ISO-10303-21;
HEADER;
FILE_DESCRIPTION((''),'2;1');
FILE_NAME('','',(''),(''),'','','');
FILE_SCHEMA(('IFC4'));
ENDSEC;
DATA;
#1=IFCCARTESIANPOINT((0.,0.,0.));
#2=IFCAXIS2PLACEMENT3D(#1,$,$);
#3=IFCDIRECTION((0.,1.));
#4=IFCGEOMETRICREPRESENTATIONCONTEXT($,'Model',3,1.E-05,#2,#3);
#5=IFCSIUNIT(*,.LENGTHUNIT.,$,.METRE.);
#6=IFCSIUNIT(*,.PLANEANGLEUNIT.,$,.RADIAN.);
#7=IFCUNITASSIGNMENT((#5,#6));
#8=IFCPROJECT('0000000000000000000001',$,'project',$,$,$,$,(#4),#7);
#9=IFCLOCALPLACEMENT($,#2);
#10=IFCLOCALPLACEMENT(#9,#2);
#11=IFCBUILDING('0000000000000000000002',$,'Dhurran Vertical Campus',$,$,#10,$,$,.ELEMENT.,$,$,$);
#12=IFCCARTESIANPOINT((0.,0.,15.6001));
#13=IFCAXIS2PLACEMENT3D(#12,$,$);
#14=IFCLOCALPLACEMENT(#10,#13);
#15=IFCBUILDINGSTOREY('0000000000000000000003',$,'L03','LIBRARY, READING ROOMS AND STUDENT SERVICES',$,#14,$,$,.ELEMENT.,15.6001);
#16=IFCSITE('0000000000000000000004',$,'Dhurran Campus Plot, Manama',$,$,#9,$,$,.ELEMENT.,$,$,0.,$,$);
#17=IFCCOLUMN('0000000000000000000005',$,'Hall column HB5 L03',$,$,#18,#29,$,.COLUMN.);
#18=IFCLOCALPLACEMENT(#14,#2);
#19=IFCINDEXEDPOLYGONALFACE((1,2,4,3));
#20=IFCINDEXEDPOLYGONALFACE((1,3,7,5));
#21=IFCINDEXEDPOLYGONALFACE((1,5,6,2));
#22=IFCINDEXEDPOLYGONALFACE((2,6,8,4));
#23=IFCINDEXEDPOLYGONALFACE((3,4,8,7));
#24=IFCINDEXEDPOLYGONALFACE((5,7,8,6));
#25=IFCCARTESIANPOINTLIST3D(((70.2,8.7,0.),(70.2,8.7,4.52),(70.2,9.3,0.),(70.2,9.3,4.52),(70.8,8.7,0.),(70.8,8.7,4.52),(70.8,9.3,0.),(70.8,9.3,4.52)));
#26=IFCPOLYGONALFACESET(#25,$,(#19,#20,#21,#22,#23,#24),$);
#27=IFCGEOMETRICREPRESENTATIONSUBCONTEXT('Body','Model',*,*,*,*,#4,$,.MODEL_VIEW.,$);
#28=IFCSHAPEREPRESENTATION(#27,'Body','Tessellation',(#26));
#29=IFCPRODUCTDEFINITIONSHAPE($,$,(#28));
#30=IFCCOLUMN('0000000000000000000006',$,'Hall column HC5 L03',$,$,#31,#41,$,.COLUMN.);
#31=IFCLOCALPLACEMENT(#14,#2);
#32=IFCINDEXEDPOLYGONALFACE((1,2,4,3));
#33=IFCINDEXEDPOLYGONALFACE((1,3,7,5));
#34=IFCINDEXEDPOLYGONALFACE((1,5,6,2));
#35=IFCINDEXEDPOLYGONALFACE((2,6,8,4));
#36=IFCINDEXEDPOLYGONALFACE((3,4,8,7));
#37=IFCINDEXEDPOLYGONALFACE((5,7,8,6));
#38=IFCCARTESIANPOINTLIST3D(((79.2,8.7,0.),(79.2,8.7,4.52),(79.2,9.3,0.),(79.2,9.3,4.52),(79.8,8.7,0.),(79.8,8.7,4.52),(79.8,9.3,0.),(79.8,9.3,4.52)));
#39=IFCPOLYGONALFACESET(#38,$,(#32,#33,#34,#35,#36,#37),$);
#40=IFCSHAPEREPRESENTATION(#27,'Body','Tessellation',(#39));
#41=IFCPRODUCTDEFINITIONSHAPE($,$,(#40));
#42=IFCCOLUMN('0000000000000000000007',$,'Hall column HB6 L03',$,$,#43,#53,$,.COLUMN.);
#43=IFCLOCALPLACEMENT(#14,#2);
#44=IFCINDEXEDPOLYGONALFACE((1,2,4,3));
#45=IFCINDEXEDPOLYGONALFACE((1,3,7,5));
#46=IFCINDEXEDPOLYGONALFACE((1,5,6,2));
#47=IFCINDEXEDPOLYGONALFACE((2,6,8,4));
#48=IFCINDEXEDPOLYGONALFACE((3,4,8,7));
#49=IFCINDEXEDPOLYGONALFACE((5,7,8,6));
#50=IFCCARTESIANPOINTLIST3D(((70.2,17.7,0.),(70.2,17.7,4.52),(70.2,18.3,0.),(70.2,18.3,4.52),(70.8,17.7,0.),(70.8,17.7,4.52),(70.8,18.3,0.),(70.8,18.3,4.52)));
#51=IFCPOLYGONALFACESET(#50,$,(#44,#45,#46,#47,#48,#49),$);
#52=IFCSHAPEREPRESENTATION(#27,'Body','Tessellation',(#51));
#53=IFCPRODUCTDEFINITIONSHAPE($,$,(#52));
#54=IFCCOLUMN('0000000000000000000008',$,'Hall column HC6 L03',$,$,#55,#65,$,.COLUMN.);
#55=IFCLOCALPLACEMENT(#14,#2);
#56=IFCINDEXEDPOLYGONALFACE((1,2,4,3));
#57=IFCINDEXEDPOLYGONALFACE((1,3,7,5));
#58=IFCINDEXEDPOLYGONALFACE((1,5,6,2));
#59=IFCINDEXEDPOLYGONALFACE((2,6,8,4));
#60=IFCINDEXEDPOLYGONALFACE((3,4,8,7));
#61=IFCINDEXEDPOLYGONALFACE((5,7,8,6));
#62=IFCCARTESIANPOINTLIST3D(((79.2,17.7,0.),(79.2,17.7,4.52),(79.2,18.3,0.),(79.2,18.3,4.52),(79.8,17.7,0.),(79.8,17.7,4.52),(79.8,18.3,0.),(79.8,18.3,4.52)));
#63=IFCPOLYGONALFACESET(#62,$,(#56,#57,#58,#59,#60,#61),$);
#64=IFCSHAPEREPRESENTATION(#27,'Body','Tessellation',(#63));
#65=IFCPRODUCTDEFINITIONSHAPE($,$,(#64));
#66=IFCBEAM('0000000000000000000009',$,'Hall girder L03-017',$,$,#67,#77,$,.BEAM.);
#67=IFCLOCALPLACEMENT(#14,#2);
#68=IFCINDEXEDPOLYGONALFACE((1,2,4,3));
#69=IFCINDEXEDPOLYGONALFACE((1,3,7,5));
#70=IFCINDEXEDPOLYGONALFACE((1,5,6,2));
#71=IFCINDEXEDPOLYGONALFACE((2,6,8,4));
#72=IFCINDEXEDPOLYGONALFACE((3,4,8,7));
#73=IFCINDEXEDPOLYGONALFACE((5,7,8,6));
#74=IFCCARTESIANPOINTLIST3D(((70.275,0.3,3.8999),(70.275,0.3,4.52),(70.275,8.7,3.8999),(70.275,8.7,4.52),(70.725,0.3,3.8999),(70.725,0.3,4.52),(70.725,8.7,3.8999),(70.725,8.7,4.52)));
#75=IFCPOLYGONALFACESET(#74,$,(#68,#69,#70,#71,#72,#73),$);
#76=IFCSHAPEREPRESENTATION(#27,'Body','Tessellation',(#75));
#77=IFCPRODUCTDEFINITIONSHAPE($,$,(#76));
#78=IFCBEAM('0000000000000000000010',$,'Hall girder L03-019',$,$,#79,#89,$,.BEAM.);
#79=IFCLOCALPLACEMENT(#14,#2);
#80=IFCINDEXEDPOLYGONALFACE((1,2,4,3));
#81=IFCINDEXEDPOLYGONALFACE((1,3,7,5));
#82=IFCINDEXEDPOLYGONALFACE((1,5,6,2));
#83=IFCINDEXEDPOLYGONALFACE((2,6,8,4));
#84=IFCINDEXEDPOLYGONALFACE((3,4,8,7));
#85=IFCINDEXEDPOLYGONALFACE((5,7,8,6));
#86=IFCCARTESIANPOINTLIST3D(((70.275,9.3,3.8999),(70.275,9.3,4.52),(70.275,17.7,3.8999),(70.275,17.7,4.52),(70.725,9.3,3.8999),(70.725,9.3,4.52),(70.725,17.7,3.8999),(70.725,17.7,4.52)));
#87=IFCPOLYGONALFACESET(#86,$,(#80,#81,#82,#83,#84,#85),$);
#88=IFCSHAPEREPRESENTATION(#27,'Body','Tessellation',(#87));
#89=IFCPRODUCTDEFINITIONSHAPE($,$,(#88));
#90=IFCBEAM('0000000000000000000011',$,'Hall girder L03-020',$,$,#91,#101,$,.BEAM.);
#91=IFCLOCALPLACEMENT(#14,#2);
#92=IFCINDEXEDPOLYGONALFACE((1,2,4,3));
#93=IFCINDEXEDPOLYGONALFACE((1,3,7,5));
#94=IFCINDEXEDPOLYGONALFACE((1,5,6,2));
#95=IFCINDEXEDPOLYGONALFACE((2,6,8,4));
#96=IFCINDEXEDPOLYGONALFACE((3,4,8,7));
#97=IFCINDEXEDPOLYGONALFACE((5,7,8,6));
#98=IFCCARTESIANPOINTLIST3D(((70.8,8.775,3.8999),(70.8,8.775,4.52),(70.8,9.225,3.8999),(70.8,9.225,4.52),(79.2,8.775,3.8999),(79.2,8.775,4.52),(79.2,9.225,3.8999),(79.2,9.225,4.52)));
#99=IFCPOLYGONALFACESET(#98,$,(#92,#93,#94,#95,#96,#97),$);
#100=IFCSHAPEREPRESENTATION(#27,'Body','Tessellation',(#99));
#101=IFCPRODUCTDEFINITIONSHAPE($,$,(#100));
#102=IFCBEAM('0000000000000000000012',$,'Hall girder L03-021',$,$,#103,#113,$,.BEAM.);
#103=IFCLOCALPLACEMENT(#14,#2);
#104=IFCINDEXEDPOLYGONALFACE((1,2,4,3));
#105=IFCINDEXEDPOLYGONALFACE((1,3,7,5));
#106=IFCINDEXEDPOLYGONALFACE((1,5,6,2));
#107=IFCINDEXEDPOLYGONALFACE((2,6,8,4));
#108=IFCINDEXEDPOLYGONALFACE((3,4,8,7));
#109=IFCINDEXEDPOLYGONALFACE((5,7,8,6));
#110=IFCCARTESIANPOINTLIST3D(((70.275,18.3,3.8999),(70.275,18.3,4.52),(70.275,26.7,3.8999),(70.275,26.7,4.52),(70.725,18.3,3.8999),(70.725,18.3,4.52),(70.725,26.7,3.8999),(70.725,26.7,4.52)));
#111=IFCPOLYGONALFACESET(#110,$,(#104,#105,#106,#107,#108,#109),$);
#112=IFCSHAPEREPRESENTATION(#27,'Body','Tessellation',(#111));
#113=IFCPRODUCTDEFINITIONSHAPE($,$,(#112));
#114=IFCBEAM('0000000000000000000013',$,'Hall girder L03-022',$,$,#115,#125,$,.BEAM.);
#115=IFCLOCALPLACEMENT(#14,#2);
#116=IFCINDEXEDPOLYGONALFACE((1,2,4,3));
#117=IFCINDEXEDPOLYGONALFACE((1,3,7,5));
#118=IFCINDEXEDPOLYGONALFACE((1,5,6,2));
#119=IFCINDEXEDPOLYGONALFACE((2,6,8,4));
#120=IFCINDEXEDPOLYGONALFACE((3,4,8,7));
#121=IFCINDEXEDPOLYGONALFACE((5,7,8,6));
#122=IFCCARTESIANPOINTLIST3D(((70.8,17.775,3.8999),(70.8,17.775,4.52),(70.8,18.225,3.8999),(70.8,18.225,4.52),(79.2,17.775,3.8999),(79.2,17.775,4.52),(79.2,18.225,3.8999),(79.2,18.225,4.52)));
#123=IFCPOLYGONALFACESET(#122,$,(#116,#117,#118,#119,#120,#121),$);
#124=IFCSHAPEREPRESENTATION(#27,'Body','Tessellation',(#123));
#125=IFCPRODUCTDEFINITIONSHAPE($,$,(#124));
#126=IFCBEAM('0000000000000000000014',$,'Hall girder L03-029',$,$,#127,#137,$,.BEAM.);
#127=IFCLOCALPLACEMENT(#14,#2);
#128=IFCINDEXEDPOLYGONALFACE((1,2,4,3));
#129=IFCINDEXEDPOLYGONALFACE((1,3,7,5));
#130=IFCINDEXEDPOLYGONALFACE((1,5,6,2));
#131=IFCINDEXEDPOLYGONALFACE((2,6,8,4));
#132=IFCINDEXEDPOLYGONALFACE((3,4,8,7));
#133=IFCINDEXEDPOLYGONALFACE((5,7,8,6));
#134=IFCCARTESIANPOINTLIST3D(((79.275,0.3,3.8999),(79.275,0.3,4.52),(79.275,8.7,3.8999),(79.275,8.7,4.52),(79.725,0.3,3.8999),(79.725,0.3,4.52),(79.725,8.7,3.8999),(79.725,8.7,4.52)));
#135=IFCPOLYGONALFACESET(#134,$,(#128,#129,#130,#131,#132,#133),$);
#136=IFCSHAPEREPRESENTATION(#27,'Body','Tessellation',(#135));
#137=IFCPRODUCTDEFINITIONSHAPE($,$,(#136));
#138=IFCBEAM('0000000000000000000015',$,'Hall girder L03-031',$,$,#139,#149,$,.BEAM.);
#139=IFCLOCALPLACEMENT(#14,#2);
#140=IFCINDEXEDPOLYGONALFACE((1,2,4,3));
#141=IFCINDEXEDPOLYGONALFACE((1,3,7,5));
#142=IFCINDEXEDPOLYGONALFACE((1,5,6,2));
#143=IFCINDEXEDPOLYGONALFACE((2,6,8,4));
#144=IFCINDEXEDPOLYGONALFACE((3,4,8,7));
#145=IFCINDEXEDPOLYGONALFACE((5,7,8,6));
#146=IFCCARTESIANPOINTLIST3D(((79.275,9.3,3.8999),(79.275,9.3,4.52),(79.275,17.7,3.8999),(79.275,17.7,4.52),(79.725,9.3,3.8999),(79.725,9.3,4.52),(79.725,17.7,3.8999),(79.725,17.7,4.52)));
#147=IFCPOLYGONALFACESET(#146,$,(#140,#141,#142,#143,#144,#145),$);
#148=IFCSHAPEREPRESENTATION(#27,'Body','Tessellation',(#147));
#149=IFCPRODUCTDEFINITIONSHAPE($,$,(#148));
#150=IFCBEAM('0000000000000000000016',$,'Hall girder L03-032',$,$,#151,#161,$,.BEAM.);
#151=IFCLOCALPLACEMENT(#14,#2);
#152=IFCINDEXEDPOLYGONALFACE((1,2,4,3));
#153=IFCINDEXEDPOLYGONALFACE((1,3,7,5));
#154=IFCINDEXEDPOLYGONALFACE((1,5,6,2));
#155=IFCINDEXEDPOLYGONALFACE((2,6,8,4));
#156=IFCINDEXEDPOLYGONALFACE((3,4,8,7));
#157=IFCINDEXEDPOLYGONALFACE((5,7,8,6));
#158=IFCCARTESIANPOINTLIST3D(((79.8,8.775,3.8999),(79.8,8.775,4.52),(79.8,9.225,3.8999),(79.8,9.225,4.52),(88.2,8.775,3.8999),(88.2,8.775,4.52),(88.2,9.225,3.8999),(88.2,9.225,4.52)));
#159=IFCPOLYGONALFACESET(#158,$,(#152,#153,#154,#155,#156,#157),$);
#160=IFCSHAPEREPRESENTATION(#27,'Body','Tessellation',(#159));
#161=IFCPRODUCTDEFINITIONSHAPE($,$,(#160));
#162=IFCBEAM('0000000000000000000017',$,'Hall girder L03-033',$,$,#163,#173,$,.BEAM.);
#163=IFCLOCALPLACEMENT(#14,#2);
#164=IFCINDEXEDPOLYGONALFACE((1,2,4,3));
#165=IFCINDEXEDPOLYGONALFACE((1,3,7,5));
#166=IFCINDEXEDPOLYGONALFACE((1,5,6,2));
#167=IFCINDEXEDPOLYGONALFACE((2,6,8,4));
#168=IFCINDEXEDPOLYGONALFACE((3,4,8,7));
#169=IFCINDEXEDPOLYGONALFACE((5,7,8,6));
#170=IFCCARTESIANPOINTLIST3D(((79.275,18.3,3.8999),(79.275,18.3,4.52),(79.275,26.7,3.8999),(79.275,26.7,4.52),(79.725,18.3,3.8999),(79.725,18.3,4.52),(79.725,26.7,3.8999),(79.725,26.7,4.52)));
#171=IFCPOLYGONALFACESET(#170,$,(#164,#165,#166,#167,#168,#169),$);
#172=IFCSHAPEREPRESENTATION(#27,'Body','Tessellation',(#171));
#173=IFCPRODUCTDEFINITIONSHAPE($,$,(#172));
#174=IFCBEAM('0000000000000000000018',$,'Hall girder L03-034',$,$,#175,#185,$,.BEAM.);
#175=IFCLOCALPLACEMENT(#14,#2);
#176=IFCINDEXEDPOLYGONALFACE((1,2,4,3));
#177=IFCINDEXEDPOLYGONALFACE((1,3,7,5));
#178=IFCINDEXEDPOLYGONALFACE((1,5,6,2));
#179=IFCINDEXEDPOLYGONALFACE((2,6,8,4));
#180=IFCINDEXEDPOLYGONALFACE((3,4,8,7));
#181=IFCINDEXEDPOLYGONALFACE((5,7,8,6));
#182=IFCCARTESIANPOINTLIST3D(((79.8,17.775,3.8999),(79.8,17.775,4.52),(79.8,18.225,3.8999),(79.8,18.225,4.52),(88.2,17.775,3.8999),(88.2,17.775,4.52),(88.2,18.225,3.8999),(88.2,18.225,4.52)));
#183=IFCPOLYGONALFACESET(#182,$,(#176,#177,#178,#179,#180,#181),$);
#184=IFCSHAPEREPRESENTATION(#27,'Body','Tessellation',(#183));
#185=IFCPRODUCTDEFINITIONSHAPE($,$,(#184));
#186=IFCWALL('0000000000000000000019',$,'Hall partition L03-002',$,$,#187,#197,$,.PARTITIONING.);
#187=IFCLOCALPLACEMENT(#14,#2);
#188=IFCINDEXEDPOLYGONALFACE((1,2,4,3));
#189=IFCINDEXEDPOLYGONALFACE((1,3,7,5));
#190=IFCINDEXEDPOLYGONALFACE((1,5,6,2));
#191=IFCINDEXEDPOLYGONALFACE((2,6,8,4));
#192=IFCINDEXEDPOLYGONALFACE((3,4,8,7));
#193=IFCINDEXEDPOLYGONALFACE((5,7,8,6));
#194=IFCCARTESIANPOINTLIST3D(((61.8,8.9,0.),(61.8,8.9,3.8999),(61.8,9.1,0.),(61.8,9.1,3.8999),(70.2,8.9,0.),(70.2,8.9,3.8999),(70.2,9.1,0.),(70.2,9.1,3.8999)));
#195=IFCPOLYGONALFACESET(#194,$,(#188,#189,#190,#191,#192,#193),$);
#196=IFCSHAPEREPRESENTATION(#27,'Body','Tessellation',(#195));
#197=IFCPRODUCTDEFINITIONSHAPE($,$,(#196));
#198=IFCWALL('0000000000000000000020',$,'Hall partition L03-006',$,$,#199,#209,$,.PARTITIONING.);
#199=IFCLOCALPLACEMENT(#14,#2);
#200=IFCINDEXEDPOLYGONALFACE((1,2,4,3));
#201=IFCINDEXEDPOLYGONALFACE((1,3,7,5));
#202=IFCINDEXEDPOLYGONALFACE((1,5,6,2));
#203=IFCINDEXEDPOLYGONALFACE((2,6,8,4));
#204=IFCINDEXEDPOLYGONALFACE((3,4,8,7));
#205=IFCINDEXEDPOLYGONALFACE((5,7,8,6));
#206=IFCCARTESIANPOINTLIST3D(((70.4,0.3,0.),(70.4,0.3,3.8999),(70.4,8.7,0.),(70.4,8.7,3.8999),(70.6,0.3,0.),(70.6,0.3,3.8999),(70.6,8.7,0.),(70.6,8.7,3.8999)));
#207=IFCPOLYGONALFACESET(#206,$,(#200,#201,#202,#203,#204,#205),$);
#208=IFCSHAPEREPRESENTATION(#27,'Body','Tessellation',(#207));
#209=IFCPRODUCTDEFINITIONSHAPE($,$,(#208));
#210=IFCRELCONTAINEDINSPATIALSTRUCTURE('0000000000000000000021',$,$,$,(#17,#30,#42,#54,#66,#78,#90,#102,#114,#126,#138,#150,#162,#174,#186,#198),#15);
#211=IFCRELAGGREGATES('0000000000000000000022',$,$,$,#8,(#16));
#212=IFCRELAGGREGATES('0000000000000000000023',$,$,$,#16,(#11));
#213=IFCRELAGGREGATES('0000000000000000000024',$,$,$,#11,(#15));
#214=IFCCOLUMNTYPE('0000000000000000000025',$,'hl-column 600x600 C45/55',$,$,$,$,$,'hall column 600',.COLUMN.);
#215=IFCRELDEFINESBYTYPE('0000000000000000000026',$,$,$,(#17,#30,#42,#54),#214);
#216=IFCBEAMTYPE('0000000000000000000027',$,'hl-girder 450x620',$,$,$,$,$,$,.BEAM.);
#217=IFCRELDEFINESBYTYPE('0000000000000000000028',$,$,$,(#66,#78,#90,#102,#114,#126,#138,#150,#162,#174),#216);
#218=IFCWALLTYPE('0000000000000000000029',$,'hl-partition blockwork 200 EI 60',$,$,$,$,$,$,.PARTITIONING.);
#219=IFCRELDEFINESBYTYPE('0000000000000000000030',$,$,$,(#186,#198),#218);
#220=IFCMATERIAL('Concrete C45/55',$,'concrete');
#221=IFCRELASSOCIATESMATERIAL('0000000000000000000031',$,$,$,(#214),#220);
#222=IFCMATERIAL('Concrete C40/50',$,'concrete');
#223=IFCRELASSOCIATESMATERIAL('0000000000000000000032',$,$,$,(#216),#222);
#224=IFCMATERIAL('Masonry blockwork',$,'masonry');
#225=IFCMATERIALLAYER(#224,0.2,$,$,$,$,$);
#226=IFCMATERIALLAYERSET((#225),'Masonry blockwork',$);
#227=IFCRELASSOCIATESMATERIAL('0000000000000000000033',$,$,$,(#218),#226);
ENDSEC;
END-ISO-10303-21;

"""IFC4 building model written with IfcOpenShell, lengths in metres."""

from ifc_helpers import new_model, si_unit, direction, frame, frame_2d, origin, origin_2d, place, context, subcontext, project, spatial, rectangle, extrude, material, layer, layer_set, material_profile, profile_set, type_object, element, save


model = new_model("IFC4")

# Units and contexts
model_context = context("Model", 3, precision=1e-05, world=origin(), true_north=direction((0.0, 1.0)))
body_context = subcontext(model_context, "Body", "Model", "MODEL_VIEW")
ifc_project = project(units=[si_unit("LENGTHUNIT", "METRE"), si_unit("PLANEANGLEUNIT", "RADIAN")], contexts=[model_context])

# Site, building, storey
site_placement = place(None, origin())
site = spatial("IfcSite", under=ifc_project, at=site_placement, Name="Dhurran Campus Plot, Manama", CompositionType="ELEMENT", RefElevation=0.0)
building_placement = place(site_placement, origin())
building = spatial("IfcBuilding", under=site, at=building_placement, Name="Dhurran Vertical Campus", CompositionType="ELEMENT")
storey_placement = place(building_placement, frame((0.0, 0.0, 15.6001)))
storey = spatial("IfcBuildingStorey", under=building, at=storey_placement, Name="L03", Description="LIBRARY, READING ROOMS AND STUDENT SERVICES", CompositionType="ELEMENT", Elevation=15.6001)

# Columns
ifc_material_1 = material(Name="Concrete C45/55", Category="concrete")
ifc_material_profile_1 = material_profile(ifc_material_1, rectangle(XDim=0.6001, YDim=0.6001, at=origin_2d()), Name="hl-column 600x600 C45/55")
ifc_profile_set_1 = profile_set([ifc_material_profile_1], Name="Concrete C45/55")
column_type = type_object("IfcColumnType", Name="hl-column 600x600 C45/55", ElementType="hall column 600", PredefinedType="COLUMN", material=ifc_profile_set_1)
for number, where, z_axis, x_axis, name in (
    (1, (70.5, 9.0, 0.0), (0.0, 0.0, 1.0), (1.0, 0.0, 0.0), "Hall column HB5 L03"),
    (2, (79.5, 9.0, 0.0), (0.0, 0.0, 1.0), (1.0, 0.0, 0.0), "Hall column HC5 L03"),
    (3, (70.5, 18.0, 0.0), (0.0, 0.0, 1.0), (1.0, 0.0, 0.0), "Hall column HB6 L03"),
    (4, (79.5, 18.0, 0.0), (0.0, 0.0, 1.0), (1.0, 0.0, 0.0), "Hall column HC6 L03"),
):
    element("IfcColumn", number, at=place(storey_placement, frame(where, z_axis=z_axis, x_axis=x_axis)), inside=storey, type_object=column_type, Name=name, PredefinedType="COLUMN", context=body_context, shape_type="SweptSolid", body=[
        extrude(rectangle(XDim=0.6001, YDim=0.6001, at=origin_2d()), origin(), (0.0, 0.0, 1.0), 4.52),
    ])

# Beams
ifc_material_2 = material(Name="Concrete C40/50", Category="concrete")
ifc_material_profile_2 = material_profile(ifc_material_2, rectangle(XDim=0.45, YDim=0.6201, at=origin_2d()), Name="hl-girder 450x620")
ifc_profile_set_2 = profile_set([ifc_material_profile_2], Name="Concrete C40/50")
beam_type = type_object("IfcBeamType", Name="hl-girder 450x620", PredefinedType="BEAM", material=ifc_profile_set_2)
for number, where, z_axis, x_axis, name in (
    (5, (70.5, 0.3, 4.21), (0.0, 1.0, 0.0), (-1.0, 0.0, 0.0), "Hall girder L03-017"),
    (6, (70.5, 9.3, 4.21), (0.0, 1.0, 0.0), (-1.0, 0.0, 0.0), "Hall girder L03-019"),
    (7, (70.8, 9.0, 4.21), (1.0, 0.0, 0.0), (0.0, 1.0, 0.0), "Hall girder L03-020"),
    (8, (70.5, 18.3, 4.21), (0.0, 1.0, 0.0), (-1.0, 0.0, 0.0), "Hall girder L03-021"),
    (9, (70.8, 18.0, 4.21), (1.0, 0.0, 0.0), (0.0, 1.0, 0.0), "Hall girder L03-022"),
    (10, (79.5, 0.3, 4.21), (0.0, 1.0, 0.0), (-1.0, 0.0, 0.0), "Hall girder L03-029"),
    (11, (79.5, 9.3, 4.21), (0.0, 1.0, 0.0), (-1.0, 0.0, 0.0), "Hall girder L03-031"),
    (12, (79.8, 9.0, 4.21), (1.0, 0.0, 0.0), (0.0, 1.0, 0.0), "Hall girder L03-032"),
    (13, (79.5, 18.3, 4.21), (0.0, 1.0, 0.0), (-1.0, 0.0, 0.0), "Hall girder L03-033"),
    (14, (79.8, 18.0, 4.21), (1.0, 0.0, 0.0), (0.0, 1.0, 0.0), "Hall girder L03-034"),
):
    element("IfcBeam", number, at=place(storey_placement, frame(where, z_axis=z_axis, x_axis=x_axis)), inside=storey, type_object=beam_type, Name=name, PredefinedType="BEAM", context=body_context, shape_type="SweptSolid", body=[
        extrude(rectangle(XDim=0.45, YDim=0.6201, at=origin_2d()), origin(), (0.0, 0.0, 1.0), 8.3999),
    ])

# Walls
ifc_material_3 = material(Name="Masonry blockwork", Category="masonry")
ifc_layer_1 = layer(ifc_material_3, 0.2)
ifc_layer_set_1 = layer_set([ifc_layer_1], Name="Masonry blockwork")
wall_type_1 = type_object("IfcWallType", Name="hl-partition blockwork 200 EI 60", PredefinedType="PARTITIONING", material=ifc_layer_set_1)
for number, where, z_axis, x_axis, name in (
    (15, (61.8, 9.0, 0.0), (0.0, 0.0, 1.0), (1.0, 0.0, 0.0), "Hall partition L03-002"),
    (16, (70.5, 0.3, 0.0), (0.0, 0.0, 1.0), (0.0, 1.0, 0.0), "Hall partition L03-006"),
):
    element("IfcWall", number, at=place(storey_placement, frame(where, z_axis=z_axis, x_axis=x_axis)), inside=storey, type_object=wall_type_1, Name=name, PredefinedType="PARTITIONING", context=body_context, shape_type="SweptSolid", body=[
        extrude(rectangle(XDim=8.3999, YDim=0.2, at=frame_2d((4.2, 0.0))), origin(), (0.0, 0.0, 1.0), 3.8999),
    ])

save(model, "model.ifc")
